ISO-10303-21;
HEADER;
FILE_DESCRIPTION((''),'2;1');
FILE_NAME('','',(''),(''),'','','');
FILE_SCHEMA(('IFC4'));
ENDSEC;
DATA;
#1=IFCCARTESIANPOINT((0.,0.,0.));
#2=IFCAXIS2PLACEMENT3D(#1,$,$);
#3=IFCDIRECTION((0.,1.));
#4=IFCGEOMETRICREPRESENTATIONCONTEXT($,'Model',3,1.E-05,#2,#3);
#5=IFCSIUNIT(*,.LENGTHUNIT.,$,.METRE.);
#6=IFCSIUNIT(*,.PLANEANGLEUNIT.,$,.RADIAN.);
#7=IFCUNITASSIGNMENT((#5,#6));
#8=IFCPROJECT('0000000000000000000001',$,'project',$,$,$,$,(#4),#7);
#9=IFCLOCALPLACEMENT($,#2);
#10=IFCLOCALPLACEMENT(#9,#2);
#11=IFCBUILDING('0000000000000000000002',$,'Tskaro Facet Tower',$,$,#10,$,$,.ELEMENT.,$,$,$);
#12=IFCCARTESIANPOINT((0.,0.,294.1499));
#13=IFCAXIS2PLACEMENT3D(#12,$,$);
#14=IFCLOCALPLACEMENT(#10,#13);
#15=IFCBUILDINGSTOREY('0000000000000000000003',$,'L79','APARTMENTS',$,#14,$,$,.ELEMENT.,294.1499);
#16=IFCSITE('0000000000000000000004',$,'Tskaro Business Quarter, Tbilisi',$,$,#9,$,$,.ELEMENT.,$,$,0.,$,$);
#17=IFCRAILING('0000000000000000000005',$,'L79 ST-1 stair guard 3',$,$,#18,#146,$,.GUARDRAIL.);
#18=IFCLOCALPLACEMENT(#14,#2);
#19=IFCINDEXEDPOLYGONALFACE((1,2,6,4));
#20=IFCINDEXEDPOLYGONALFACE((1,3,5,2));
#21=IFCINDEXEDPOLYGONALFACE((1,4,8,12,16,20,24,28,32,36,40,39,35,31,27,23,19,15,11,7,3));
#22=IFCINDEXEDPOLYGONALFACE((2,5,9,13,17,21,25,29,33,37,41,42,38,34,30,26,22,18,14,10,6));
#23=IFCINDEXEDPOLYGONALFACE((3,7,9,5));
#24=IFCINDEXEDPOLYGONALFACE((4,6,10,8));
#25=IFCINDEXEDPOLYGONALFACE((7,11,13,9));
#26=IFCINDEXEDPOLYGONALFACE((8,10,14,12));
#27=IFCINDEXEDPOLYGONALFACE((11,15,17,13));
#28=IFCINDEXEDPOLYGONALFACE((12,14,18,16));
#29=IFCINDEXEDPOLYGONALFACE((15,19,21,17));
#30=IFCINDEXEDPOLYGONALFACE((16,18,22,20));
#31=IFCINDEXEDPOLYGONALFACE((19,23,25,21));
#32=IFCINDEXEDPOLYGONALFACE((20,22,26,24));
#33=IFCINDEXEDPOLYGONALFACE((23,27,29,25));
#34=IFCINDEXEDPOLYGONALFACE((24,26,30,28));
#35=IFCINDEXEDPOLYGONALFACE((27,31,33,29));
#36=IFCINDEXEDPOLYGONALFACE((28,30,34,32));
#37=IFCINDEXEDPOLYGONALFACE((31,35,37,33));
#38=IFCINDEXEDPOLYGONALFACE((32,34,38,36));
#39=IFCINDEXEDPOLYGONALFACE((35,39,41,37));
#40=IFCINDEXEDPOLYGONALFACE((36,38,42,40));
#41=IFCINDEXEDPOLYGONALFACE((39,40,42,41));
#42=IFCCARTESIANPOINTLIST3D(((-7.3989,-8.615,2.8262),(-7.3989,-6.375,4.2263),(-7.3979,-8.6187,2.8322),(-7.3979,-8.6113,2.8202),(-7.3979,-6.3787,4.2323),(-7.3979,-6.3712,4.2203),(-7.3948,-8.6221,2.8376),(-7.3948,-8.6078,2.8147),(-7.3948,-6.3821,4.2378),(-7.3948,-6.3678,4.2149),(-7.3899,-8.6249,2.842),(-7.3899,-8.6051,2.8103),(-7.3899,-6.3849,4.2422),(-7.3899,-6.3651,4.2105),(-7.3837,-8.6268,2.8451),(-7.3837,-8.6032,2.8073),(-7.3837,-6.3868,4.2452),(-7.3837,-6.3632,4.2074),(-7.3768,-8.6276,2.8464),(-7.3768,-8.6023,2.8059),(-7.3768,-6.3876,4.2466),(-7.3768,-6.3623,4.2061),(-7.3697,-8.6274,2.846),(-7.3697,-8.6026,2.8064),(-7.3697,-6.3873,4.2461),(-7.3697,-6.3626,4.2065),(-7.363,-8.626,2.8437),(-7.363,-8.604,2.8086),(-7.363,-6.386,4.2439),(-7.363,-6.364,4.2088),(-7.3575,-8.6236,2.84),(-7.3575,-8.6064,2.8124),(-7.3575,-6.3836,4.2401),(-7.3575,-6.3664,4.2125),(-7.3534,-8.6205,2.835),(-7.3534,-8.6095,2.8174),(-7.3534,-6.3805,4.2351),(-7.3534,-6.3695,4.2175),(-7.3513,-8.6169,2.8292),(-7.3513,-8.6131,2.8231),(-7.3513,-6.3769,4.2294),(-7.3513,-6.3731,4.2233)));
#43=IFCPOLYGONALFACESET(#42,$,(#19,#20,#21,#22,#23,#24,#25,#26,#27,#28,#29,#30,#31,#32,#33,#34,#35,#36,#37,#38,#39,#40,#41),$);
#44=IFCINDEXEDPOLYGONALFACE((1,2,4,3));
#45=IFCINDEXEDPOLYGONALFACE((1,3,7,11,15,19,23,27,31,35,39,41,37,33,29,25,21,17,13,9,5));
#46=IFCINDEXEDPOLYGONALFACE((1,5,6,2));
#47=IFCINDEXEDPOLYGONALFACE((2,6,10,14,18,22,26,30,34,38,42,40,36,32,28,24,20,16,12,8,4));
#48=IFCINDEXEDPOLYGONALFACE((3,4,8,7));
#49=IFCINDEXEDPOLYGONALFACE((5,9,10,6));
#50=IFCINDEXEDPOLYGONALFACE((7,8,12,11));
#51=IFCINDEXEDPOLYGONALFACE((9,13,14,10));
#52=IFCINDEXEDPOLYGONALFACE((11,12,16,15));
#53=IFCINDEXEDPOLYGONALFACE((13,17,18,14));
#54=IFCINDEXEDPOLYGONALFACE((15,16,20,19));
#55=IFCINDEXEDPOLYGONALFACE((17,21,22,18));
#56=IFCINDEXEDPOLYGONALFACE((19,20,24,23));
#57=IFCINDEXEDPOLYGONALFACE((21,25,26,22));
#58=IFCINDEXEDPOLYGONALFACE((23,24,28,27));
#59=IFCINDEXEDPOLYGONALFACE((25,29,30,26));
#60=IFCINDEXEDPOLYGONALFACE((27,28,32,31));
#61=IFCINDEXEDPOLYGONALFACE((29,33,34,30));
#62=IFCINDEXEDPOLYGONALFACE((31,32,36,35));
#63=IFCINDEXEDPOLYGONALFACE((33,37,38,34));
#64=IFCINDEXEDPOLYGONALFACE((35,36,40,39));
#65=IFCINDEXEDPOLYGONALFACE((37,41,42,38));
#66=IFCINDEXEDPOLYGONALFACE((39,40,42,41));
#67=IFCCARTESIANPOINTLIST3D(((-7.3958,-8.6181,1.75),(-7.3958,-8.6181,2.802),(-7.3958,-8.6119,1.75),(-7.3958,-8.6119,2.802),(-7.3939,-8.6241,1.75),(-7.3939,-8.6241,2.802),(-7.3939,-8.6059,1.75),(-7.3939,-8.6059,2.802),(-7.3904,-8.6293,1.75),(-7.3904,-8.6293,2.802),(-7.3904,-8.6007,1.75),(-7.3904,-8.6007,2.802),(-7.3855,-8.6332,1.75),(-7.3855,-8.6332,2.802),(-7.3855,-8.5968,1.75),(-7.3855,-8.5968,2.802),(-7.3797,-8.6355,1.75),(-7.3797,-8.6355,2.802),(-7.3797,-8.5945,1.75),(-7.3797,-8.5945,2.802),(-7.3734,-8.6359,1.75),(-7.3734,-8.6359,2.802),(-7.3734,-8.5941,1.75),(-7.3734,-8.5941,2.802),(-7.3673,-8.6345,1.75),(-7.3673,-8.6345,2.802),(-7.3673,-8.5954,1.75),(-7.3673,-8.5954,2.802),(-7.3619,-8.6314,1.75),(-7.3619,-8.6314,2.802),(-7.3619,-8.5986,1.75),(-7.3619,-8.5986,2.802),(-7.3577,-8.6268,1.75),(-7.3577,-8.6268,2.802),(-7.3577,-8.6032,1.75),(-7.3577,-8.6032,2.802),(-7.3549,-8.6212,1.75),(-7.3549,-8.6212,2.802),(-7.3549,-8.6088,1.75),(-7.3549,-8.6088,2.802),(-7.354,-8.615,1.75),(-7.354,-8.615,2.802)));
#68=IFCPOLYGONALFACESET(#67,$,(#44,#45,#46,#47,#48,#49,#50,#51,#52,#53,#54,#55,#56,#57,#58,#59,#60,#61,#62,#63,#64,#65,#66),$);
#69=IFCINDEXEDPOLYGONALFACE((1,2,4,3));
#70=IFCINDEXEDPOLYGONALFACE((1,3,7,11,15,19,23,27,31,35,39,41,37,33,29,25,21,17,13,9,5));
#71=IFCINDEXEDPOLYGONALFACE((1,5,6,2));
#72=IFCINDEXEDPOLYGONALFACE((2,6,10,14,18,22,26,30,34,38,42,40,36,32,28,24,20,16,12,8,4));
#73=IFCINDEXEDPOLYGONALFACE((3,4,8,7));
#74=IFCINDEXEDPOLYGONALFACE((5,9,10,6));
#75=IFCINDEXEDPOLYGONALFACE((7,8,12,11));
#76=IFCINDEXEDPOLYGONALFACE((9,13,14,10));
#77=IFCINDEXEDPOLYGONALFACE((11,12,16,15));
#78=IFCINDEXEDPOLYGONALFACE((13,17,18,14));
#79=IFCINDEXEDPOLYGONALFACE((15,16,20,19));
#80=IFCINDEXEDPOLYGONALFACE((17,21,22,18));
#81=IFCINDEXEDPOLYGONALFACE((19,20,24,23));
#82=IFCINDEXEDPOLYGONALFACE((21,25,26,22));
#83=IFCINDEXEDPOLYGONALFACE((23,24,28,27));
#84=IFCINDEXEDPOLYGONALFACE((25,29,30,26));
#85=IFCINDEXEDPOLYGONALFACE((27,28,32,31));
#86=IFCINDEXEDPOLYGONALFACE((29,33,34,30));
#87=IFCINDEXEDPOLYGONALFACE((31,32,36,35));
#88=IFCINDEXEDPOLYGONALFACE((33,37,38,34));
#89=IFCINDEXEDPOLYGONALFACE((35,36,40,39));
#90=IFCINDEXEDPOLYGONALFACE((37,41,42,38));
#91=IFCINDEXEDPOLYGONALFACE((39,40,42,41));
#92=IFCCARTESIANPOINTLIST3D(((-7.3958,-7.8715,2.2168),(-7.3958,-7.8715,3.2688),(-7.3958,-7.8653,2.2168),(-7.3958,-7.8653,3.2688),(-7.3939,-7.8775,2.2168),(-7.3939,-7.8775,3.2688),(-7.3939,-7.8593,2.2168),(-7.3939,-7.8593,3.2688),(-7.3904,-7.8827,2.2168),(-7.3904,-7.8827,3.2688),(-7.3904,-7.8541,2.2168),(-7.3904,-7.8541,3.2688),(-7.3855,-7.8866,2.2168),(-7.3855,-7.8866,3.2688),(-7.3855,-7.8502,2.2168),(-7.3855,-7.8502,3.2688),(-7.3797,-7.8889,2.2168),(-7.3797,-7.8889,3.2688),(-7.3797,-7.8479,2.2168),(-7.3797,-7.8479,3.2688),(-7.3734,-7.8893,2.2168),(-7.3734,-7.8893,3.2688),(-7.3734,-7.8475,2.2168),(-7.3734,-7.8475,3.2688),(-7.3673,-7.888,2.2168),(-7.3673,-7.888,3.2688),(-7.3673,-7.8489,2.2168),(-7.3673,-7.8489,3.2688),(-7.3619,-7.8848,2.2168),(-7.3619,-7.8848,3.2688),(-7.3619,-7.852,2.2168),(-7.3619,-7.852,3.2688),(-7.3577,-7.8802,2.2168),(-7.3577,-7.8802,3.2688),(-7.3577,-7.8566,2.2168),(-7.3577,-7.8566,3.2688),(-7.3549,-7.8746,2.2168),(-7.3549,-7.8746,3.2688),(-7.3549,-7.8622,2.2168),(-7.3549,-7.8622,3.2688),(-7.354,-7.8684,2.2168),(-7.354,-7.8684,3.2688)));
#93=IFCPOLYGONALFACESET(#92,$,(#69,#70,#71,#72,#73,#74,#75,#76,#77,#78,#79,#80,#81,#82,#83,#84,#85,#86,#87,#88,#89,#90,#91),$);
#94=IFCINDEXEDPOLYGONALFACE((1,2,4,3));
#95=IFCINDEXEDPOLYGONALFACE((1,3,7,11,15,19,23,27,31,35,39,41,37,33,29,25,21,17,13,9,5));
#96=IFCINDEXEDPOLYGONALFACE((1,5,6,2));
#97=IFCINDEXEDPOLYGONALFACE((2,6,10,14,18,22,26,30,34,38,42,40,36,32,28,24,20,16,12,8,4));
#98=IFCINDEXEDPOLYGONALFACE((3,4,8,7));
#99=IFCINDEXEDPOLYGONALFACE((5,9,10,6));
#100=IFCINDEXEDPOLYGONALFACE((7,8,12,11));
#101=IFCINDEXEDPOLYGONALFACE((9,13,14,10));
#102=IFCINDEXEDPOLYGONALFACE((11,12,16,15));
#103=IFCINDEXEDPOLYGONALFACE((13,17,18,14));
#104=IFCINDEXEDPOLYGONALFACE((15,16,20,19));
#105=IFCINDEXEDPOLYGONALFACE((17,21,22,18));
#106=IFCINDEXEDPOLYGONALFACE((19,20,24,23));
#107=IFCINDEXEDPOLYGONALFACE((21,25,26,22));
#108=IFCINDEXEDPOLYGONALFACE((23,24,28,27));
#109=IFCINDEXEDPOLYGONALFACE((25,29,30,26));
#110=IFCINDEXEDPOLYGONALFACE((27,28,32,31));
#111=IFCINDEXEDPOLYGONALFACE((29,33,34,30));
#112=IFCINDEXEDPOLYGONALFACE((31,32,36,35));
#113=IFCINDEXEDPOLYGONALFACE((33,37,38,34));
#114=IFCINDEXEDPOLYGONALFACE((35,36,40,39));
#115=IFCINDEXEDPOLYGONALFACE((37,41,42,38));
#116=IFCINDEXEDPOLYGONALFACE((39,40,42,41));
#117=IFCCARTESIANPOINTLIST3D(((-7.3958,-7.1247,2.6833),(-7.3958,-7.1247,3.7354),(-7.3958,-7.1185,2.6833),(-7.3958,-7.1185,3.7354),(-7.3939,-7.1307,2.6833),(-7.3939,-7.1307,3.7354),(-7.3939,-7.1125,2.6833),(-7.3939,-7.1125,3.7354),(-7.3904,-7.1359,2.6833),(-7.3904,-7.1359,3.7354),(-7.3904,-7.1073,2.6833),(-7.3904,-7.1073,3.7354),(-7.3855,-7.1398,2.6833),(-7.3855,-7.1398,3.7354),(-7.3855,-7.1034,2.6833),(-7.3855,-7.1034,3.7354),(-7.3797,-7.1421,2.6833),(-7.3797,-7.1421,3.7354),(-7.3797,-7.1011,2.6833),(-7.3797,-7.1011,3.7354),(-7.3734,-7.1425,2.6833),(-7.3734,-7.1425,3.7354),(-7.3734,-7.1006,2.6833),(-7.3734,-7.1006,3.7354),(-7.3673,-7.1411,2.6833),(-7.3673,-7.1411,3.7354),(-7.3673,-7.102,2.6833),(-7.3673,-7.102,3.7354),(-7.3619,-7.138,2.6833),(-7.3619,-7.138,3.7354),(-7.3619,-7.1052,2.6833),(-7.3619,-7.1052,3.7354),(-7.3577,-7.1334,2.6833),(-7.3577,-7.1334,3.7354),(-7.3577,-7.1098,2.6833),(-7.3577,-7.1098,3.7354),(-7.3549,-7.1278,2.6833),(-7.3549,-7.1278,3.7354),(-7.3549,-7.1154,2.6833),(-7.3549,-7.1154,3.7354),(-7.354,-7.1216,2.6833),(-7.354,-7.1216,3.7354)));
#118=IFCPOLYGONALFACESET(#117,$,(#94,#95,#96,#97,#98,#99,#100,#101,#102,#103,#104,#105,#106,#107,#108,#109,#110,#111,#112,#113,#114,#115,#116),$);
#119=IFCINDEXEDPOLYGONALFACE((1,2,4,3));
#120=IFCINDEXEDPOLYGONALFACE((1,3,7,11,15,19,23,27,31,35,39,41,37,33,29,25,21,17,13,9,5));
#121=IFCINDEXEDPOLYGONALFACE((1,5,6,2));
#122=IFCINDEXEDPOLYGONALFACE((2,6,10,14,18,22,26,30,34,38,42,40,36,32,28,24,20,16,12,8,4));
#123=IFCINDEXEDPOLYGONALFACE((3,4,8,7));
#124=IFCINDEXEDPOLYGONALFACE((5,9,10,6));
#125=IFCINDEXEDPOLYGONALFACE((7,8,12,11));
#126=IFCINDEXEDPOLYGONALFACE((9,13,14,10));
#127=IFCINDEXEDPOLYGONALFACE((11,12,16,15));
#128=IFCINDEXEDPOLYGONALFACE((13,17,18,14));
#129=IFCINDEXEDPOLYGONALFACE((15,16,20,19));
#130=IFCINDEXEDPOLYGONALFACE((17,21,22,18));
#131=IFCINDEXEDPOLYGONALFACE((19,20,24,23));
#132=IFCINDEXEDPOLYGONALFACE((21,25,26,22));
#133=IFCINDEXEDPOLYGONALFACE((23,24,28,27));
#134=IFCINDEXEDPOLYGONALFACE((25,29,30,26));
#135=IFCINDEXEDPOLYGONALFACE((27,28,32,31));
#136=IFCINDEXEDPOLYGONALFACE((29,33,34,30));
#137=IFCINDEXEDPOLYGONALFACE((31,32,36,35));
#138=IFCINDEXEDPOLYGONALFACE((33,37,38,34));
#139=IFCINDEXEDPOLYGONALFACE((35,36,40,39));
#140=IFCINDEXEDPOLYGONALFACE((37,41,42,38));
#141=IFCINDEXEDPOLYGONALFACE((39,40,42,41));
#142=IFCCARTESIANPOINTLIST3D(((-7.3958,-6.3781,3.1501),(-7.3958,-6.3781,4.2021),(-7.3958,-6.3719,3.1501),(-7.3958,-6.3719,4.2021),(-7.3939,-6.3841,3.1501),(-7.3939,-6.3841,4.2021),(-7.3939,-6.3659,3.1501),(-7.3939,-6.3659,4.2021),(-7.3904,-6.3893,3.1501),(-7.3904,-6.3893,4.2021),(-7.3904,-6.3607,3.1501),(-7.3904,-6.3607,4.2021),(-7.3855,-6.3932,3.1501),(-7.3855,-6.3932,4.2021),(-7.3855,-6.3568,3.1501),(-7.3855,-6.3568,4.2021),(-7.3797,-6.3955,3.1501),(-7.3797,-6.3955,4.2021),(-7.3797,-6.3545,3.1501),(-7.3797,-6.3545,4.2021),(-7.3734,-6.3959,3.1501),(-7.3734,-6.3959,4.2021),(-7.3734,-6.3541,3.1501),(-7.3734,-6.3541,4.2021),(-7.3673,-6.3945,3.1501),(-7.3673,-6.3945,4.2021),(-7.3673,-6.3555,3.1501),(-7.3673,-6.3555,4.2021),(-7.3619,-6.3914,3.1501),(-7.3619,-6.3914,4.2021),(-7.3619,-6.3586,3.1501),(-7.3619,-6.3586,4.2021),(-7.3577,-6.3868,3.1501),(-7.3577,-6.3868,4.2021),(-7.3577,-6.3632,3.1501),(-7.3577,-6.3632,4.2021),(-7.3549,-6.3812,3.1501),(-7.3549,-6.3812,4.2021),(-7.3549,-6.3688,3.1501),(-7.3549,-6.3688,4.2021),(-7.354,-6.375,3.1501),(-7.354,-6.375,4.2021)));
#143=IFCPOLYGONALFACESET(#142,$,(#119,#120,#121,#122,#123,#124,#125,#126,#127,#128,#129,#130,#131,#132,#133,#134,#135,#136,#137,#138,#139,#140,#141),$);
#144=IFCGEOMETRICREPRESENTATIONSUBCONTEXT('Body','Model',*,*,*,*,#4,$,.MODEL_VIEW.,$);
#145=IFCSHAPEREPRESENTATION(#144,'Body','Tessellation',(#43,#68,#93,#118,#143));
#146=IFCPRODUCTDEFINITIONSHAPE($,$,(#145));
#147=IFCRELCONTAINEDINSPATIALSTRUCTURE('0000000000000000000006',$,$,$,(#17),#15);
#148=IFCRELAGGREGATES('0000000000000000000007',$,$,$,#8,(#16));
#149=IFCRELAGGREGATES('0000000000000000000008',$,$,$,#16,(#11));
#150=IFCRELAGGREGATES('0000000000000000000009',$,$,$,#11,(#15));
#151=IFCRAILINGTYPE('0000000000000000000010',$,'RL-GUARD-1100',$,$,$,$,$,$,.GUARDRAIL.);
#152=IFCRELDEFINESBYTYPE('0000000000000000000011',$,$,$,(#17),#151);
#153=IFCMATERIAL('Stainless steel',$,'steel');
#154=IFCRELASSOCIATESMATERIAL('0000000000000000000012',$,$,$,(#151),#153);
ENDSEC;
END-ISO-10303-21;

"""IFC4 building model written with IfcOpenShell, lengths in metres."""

from ifc_helpers import new_model, si_unit, direction, frame, origin, origin_2d, place, context, subcontext, project, spatial, circle, extrude, material, type_object, element, save


model = new_model("IFC4")

# Units and contexts
model_context = context("Model", 3, precision=1e-05, world=origin(), true_north=direction((0.0, 1.0)))
body_context = subcontext(model_context, "Body", "Model", "MODEL_VIEW")
ifc_project = project(units=[si_unit("LENGTHUNIT", "METRE"), si_unit("PLANEANGLEUNIT", "RADIAN")], contexts=[model_context])

# Site, building, storey
site_placement = place(None, origin())
site = spatial("IfcSite", under=ifc_project, at=site_placement, Name="Tskaro Business Quarter, Tbilisi", CompositionType="ELEMENT", RefElevation=0.0)
building_placement = place(site_placement, origin())
building = spatial("IfcBuilding", under=site, at=building_placement, Name="Tskaro Facet Tower", CompositionType="ELEMENT")
storey_placement = place(building_placement, frame((0.0, 0.0, 294.1499)))
storey = spatial("IfcBuildingStorey", under=building, at=storey_placement, Name="L79", Description="APARTMENTS", CompositionType="ELEMENT", Elevation=294.1499)

# Shared definitions
ifc_material_1 = material(Name="Stainless steel", Category="steel")

# Railing
railing_type_1 = type_object("IfcRailingType", Name="RL-GUARD-1100", PredefinedType="GUARDRAIL", material=ifc_material_1)
railing_1_placement = place(storey_placement, frame((-7.375, -8.615, 1.75)))
element("IfcRailing", 1, at=railing_1_placement, inside=storey, type_object=railing_type_1, Name="L79 ST-1 stair guard 3", PredefinedType="GUARDRAIL", context=body_context, shape_type="SweptSolid", body=[
    extrude(circle(Radius=0.0239, at=origin_2d()), frame((0.0, 0.0, 1.0762), z_axis=(0.0, 0.847972, 0.53004), x_axis=(-1.0, 0.0, 0.0)), (0.0, 0.0, 1.0), 2.6416),
    extrude(circle(Radius=0.021, at=origin_2d()), origin(), (0.0, 0.0, 1.0), 1.052),
    extrude(circle(Radius=0.021, at=origin_2d()), frame((0.0, 0.7466, 0.4668)), (0.0, 0.0, 1.0), 1.052),
    extrude(circle(Radius=0.021, at=origin_2d()), frame((0.0, 1.4934, 0.9333)), (0.0, 0.0, 1.0), 1.052),
    extrude(circle(Radius=0.021, at=origin_2d()), frame((0.0, 2.24, 1.4001)), (0.0, 0.0, 1.0), 1.052),
])

save(model, "model.ifc")
